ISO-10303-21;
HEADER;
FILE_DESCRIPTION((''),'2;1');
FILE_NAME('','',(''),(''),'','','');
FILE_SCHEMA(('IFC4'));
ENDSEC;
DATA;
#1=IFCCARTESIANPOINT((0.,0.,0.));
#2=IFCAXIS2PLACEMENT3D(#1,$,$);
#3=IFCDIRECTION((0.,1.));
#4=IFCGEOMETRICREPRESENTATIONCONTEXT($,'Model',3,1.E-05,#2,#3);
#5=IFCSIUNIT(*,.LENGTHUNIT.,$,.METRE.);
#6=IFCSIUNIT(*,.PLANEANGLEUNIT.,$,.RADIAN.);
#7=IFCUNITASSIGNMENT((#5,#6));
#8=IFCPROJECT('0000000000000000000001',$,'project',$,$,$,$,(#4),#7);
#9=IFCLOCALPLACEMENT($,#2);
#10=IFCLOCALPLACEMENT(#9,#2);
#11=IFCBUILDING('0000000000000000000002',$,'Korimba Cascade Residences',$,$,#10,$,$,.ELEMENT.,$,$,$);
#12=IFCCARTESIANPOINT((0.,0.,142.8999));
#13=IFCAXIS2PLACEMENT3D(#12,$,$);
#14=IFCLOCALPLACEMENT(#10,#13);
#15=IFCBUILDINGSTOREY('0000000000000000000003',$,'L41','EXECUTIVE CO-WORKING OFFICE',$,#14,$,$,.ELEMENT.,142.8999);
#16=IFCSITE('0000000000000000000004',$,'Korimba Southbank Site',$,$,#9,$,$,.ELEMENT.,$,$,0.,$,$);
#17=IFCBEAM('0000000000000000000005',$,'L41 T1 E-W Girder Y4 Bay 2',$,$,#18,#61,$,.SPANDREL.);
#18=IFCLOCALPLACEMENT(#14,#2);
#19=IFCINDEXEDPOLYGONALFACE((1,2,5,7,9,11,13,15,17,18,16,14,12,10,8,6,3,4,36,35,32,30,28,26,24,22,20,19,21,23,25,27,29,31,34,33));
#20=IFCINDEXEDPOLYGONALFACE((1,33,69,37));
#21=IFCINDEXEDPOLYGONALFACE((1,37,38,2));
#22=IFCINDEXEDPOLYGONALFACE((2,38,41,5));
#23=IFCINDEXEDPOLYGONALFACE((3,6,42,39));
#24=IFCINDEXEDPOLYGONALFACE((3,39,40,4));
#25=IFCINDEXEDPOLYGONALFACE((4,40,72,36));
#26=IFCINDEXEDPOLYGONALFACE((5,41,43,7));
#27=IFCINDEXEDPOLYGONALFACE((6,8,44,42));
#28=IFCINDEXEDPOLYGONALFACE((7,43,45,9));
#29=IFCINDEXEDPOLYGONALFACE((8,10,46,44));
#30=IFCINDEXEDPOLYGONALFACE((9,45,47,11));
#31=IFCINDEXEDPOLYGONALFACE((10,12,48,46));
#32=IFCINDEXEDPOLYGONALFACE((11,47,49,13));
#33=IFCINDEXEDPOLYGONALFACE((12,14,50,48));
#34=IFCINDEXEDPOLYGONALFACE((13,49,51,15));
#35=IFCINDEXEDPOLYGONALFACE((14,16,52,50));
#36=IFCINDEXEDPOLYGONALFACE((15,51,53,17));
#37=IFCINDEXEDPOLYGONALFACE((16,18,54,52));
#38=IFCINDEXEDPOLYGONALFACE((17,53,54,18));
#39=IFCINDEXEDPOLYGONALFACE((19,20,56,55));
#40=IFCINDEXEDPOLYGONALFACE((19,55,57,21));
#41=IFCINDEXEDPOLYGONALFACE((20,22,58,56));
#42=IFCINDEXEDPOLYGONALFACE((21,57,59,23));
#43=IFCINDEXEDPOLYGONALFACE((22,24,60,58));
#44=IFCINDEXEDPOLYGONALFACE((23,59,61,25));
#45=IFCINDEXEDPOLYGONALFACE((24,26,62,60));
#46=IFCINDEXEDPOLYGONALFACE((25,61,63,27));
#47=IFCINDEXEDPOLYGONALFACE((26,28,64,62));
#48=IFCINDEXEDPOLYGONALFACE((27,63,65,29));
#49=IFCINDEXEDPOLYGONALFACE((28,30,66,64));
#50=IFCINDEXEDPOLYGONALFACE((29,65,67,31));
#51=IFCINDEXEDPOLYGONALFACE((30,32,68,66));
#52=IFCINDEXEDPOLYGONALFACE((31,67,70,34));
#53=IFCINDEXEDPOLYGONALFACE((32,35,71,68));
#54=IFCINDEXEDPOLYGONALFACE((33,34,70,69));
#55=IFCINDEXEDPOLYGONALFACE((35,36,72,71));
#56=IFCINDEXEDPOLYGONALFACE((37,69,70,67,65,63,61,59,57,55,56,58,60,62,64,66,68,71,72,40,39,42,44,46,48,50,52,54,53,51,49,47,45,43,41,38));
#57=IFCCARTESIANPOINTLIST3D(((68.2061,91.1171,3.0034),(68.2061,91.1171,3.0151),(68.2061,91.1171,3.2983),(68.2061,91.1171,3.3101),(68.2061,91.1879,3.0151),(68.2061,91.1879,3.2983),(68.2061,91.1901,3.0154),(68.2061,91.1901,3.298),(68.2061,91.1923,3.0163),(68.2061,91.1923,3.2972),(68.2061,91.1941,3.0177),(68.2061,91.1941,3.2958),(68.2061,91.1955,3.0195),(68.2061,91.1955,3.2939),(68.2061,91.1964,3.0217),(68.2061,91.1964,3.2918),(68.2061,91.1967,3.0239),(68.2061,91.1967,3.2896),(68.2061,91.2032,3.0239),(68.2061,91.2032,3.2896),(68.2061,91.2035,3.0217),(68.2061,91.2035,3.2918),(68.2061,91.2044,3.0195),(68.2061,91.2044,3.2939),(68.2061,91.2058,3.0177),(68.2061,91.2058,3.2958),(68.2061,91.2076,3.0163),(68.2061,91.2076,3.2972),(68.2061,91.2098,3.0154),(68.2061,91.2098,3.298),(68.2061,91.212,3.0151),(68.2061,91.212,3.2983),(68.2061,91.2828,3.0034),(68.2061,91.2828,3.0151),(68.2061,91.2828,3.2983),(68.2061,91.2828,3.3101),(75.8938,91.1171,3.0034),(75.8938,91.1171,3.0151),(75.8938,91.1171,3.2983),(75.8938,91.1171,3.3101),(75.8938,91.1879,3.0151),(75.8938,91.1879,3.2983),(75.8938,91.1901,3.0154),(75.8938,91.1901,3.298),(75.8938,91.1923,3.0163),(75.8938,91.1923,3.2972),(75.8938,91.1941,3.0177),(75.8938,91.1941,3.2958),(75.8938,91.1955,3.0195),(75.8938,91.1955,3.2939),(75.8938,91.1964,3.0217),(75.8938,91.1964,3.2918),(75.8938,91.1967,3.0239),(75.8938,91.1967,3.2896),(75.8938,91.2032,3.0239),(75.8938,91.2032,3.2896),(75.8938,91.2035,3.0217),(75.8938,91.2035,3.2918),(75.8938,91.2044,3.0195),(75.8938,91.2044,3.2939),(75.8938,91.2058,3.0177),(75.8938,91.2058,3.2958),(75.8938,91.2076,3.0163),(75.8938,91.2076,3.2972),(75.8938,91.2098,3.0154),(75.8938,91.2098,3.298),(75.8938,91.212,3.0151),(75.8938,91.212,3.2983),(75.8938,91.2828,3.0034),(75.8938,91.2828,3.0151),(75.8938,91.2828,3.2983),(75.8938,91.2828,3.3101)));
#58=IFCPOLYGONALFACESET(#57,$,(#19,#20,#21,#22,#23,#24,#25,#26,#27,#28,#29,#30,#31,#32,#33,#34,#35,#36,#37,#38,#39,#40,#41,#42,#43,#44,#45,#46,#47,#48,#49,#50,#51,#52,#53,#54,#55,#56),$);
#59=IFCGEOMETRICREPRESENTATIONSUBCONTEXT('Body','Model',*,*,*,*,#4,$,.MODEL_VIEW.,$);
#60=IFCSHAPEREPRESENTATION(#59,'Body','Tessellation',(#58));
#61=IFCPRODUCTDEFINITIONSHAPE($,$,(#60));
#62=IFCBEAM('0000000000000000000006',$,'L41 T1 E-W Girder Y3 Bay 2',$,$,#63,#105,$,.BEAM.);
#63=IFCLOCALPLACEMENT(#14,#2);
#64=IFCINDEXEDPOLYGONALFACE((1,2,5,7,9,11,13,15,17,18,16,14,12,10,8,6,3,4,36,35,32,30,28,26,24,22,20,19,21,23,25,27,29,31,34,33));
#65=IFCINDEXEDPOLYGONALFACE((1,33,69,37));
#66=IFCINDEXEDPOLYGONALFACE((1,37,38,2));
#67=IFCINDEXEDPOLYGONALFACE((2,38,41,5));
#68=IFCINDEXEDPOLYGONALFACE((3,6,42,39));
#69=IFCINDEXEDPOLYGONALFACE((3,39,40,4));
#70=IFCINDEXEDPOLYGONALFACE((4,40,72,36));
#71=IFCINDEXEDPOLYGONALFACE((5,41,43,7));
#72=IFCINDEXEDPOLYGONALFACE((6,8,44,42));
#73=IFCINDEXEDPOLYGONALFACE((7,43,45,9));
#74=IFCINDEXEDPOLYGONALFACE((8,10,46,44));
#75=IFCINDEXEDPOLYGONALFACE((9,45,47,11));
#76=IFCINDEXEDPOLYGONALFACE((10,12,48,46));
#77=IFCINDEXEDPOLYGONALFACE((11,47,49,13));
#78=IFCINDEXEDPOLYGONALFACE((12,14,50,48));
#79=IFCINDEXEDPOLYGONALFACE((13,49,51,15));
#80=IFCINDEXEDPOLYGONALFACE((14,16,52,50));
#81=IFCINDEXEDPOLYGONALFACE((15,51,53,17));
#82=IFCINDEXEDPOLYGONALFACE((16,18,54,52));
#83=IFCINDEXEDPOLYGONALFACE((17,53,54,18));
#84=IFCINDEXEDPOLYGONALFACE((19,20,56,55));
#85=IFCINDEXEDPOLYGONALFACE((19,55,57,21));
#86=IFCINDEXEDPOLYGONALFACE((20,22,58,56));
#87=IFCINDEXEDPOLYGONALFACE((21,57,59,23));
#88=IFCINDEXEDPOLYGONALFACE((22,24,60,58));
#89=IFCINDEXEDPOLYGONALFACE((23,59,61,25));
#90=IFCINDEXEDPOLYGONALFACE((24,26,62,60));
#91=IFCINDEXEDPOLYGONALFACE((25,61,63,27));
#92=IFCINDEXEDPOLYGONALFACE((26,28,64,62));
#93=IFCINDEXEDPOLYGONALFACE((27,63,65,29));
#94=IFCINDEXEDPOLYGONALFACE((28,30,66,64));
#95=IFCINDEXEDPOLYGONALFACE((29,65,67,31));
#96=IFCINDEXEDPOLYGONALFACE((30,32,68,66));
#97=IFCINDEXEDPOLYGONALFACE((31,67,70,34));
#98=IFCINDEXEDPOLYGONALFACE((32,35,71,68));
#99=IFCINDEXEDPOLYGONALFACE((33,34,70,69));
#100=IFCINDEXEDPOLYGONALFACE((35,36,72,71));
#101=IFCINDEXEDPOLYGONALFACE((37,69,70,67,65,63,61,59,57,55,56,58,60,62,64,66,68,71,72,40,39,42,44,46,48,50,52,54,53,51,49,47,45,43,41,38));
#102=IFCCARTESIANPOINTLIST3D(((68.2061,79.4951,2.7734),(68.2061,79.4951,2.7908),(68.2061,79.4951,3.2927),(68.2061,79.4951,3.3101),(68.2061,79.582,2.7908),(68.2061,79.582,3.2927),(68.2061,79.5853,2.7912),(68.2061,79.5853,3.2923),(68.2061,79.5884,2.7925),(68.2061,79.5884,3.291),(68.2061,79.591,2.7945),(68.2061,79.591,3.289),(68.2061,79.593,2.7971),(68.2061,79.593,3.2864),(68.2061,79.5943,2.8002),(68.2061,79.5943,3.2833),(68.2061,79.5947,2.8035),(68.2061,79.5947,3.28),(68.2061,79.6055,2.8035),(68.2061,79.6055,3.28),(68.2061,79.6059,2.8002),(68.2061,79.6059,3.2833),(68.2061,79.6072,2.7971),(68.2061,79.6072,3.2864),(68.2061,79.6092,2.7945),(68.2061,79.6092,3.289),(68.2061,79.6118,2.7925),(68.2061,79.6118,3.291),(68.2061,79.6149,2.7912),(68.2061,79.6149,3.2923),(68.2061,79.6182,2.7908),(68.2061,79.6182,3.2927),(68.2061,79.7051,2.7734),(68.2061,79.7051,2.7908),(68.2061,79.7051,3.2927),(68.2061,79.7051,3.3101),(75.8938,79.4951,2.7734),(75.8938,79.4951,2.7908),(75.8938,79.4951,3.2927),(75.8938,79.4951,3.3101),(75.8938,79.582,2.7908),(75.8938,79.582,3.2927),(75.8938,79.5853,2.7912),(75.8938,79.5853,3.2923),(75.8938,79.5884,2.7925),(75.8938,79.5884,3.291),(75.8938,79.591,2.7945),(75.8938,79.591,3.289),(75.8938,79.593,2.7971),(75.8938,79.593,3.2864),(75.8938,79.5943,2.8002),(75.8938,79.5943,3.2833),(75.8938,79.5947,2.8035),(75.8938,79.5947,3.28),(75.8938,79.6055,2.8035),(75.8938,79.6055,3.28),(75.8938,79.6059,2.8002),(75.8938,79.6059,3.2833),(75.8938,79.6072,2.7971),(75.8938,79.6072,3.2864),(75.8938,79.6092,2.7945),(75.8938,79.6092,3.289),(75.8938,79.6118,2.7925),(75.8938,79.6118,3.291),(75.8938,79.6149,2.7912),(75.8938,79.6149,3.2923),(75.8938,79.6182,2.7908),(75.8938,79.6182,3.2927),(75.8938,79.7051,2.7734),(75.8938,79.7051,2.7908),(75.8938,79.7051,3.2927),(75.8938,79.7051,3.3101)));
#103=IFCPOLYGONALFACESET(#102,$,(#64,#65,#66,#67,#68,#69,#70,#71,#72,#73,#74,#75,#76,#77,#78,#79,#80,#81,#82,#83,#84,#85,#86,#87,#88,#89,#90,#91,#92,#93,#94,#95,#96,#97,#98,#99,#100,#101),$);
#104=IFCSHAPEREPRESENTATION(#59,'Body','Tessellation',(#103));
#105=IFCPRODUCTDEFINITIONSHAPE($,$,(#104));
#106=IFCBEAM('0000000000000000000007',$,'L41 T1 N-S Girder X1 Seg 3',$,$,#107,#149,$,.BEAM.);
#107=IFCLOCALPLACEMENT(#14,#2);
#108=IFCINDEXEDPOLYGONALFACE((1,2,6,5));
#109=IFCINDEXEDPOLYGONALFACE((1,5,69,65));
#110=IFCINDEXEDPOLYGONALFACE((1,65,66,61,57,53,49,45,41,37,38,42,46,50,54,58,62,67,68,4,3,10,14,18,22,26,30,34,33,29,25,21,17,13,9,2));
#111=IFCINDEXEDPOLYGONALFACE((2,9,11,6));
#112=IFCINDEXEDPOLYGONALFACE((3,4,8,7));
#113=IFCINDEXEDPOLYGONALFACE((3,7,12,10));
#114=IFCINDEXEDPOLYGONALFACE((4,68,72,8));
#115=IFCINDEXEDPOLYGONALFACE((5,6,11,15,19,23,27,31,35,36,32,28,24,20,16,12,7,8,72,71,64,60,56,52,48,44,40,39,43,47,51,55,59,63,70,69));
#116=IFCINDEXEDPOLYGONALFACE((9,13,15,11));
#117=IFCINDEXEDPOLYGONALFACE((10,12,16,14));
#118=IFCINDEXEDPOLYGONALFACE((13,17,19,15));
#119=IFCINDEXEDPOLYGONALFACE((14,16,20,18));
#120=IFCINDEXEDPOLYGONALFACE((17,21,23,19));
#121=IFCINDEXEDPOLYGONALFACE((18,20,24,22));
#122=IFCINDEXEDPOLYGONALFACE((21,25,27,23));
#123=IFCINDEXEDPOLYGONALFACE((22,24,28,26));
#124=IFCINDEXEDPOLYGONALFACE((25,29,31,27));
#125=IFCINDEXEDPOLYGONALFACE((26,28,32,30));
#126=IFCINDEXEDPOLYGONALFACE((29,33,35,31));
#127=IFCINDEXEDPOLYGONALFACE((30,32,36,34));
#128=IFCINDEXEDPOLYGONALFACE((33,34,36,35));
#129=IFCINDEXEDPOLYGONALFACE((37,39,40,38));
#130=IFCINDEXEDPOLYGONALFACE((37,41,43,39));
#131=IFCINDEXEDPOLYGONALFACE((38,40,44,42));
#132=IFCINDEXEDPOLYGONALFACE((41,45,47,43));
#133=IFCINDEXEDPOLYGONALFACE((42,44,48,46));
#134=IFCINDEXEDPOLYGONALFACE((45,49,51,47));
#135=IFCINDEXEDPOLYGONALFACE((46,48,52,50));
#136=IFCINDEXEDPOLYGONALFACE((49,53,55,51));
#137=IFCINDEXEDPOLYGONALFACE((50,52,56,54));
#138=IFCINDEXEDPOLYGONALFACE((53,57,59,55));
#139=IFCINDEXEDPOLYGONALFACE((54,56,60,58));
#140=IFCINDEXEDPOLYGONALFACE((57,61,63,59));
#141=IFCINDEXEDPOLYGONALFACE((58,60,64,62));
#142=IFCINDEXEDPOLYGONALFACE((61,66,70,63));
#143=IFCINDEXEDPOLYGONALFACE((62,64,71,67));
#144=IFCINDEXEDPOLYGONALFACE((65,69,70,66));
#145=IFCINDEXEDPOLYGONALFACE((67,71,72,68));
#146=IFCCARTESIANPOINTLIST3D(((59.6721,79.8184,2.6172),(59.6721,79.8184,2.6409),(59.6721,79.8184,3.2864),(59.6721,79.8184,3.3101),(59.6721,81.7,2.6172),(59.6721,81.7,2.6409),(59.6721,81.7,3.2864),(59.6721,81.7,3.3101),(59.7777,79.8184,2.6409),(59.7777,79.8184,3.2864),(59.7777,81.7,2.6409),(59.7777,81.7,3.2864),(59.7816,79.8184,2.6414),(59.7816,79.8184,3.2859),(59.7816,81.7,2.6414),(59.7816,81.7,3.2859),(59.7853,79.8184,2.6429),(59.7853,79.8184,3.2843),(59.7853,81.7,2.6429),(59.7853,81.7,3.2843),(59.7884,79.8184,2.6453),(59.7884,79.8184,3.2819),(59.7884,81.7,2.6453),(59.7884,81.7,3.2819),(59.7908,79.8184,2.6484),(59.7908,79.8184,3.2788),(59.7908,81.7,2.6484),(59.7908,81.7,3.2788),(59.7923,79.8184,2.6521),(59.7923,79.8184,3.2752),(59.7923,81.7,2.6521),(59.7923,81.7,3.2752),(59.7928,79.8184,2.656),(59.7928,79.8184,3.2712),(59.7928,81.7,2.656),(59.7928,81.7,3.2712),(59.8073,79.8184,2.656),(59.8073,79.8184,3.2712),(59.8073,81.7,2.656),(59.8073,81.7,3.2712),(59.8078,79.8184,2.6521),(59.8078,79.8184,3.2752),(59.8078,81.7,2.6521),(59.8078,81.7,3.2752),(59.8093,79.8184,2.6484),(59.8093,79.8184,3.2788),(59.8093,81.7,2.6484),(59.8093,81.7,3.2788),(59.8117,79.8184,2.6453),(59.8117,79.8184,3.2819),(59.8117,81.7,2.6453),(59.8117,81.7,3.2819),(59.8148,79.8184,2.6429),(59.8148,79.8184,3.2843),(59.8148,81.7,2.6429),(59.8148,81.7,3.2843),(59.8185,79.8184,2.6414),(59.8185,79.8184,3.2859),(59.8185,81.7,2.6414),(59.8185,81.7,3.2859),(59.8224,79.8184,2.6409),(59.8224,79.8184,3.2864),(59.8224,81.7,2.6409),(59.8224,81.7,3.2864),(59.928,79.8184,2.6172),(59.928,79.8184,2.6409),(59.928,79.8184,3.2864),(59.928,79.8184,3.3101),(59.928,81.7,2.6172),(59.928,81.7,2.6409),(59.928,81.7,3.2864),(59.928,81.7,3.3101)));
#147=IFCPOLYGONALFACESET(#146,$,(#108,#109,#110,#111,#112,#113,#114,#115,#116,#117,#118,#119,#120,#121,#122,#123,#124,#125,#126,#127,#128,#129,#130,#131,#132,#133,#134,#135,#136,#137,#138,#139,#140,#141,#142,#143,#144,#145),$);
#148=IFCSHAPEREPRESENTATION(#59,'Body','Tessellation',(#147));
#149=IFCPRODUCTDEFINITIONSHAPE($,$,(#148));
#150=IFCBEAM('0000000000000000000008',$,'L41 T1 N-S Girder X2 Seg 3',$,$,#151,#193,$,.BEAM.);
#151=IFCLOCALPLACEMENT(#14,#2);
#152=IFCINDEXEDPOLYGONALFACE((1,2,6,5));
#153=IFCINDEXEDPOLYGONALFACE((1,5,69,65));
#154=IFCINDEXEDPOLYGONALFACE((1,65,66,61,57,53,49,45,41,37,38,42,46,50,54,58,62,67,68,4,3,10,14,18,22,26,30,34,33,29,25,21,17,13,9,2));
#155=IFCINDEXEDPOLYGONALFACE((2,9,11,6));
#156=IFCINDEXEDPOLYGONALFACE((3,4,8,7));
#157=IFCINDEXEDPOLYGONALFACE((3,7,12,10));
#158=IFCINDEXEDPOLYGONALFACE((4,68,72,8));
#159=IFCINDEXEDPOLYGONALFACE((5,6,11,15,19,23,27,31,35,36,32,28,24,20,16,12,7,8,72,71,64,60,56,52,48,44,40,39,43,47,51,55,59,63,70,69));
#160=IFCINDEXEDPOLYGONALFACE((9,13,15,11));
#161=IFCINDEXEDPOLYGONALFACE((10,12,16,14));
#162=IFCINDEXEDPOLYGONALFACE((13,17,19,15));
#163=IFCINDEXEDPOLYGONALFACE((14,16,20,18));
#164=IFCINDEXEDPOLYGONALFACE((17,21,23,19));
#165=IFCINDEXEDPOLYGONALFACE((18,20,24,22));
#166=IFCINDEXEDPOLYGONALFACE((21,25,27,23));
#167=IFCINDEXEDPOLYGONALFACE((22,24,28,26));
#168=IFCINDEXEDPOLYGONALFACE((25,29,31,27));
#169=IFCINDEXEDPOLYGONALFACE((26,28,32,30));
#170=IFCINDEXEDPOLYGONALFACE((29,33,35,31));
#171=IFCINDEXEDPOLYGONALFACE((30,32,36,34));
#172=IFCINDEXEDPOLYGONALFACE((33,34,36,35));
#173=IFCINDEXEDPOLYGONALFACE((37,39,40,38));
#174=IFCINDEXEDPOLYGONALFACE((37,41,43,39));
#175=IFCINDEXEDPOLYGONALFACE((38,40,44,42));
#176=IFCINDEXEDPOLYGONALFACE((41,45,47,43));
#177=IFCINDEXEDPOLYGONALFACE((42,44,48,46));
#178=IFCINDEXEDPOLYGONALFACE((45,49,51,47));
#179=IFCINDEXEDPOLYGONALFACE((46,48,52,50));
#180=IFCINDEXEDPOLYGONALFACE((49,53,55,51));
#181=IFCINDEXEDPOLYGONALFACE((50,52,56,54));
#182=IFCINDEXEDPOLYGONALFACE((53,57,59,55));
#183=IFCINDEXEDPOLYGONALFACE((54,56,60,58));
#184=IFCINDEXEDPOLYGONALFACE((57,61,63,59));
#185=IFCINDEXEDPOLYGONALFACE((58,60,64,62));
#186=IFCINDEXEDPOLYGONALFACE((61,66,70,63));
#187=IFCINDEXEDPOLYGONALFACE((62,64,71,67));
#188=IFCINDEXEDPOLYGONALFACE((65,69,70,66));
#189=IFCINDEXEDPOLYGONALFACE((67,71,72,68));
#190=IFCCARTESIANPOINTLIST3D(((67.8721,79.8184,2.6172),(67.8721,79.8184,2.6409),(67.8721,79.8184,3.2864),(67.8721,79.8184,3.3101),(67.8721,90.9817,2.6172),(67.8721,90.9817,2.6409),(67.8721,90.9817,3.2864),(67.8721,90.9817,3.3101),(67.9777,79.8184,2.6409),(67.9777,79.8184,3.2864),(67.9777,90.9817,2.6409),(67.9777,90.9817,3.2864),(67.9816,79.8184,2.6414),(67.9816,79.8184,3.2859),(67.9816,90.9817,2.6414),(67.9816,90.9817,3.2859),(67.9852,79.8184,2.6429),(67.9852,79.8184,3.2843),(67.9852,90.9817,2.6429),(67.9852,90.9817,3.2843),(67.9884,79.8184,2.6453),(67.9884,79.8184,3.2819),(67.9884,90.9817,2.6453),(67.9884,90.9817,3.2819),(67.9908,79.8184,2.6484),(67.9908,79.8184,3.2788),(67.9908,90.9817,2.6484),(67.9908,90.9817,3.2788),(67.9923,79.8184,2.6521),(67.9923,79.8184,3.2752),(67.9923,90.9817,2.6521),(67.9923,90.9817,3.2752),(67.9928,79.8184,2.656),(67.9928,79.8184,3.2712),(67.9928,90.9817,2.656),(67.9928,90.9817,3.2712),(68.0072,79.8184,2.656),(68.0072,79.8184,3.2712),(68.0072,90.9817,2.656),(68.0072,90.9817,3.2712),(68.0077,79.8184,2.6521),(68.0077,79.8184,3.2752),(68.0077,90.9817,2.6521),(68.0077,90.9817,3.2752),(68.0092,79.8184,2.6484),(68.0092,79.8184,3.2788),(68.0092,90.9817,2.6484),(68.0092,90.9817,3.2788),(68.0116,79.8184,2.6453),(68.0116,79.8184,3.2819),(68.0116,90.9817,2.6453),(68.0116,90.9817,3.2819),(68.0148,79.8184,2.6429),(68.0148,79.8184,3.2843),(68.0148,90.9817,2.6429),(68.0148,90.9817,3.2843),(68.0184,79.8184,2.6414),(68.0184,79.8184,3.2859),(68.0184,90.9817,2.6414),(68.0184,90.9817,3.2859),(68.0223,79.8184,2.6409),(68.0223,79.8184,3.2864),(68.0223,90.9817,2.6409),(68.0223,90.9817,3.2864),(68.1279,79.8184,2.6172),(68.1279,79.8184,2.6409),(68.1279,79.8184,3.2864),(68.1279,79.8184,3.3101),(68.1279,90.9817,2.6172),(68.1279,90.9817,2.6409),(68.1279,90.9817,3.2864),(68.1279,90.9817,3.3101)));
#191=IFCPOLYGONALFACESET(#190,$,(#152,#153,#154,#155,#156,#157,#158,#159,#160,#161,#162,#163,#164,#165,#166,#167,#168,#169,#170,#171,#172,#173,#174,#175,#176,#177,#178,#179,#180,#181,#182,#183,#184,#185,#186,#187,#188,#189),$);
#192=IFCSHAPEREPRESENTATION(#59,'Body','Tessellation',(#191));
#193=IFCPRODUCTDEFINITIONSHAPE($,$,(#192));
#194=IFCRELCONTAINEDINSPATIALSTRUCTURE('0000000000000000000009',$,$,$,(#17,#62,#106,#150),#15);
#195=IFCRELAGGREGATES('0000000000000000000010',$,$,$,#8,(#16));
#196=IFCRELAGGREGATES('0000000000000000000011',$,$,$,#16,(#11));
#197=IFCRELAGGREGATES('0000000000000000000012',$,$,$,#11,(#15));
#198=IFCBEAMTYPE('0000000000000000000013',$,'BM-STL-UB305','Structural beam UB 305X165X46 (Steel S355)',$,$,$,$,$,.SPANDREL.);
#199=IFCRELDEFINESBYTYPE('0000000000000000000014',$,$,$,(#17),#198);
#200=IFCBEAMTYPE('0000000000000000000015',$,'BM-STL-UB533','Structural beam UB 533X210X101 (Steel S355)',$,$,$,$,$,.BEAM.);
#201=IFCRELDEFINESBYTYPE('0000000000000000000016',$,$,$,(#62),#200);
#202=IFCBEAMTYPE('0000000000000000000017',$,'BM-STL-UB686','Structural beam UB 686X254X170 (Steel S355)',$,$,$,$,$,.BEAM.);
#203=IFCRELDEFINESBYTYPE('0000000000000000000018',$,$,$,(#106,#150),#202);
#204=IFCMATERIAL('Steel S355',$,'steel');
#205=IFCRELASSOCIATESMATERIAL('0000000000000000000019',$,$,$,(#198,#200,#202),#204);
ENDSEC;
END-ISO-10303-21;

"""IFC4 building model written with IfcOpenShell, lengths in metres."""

from ifc_helpers import new_model, si_unit, direction, frame, origin, origin_2d, place, context, subcontext, project, spatial, i_section, extrude, material, material_profile, profile_set, type_object, element, save


model = new_model("IFC4")

# Units and contexts
model_context = context("Model", 3, precision=1e-05, world=origin(), true_north=direction((0.0, 1.0)))
body_context = subcontext(model_context, "Body", "Model", "MODEL_VIEW")
ifc_project = project(units=[si_unit("LENGTHUNIT", "METRE"), si_unit("PLANEANGLEUNIT", "RADIAN")], contexts=[model_context])

# Site, building, storey
site_placement = place(None, origin())
site = spatial("IfcSite", under=ifc_project, at=site_placement, Name="Korimba Southbank Site", CompositionType="ELEMENT", RefElevation=0.0)
building_placement = place(site_placement, origin())
building = spatial("IfcBuilding", under=site, at=building_placement, Name="Korimba Cascade Residences", CompositionType="ELEMENT")
storey_placement = place(building_placement, frame((0.0, 0.0, 142.8999)))
storey = spatial("IfcBuildingStorey", under=building, at=storey_placement, Name="L41", Description="EXECUTIVE CO-WORKING OFFICE", CompositionType="ELEMENT", Elevation=142.8999)

# Beams
ifc_material_1 = material(Name="Steel S355", Category="steel")
ifc_material_profile_1 = material_profile(ifc_material_1, i_section(OverallWidth=0.1658, OverallDepth=0.3066, WebThickness=0.0066, FlangeThickness=0.0117, FilletRadius=0.0088, at=origin_2d()), Name="Steel S355")
ifc_profile_set_1 = profile_set([ifc_material_profile_1], Name="Steel S355")
beam_type_1 = type_object("IfcBeamType", Name="BM-STL-UB305", Description="Structural beam UB 305X165X46 (Steel S355)", PredefinedType="SPANDREL", material=ifc_profile_set_1)
beam_1_placement = place(storey_placement, frame((68.2061, 91.2, 3.1567), z_axis=(1.0, 0.0, 0.0), x_axis=(0.0, 1.0, 0.0)))
element("IfcBeam", 1, at=beam_1_placement, inside=storey, type_object=beam_type_1, Name="L41 T1 E-W Girder Y4 Bay 2", PredefinedType="SPANDREL", context=body_context, shape_type="SweptSolid", body=[
    extrude(i_section(OverallWidth=0.1658, OverallDepth=0.3066, WebThickness=0.0066, FlangeThickness=0.0117, FilletRadius=0.0088, at=origin_2d()), origin(), (0.0, 0.0, 1.0), 7.6877),
])
ifc_material_profile_2 = material_profile(ifc_material_1, i_section(OverallWidth=0.21, OverallDepth=0.5366, WebThickness=0.0107, FlangeThickness=0.0173, FilletRadius=0.0127, at=origin_2d()), Name="Steel S355")
ifc_profile_set_2 = profile_set([ifc_material_profile_2], Name="Steel S355")
beam_type_2 = type_object("IfcBeamType", Name="BM-STL-UB533", Description="Structural beam UB 533X210X101 (Steel S355)", PredefinedType="BEAM", material=ifc_profile_set_2)
beam_2_placement = place(storey_placement, frame((68.2061, 79.6001, 3.0417), z_axis=(1.0, 0.0, 0.0), x_axis=(0.0, 1.0, 0.0)))
element("IfcBeam", 2, at=beam_2_placement, inside=storey, type_object=beam_type_2, Name="L41 T1 E-W Girder Y3 Bay 2", PredefinedType="BEAM", context=body_context, shape_type="SweptSolid", body=[
    extrude(i_section(OverallWidth=0.21, OverallDepth=0.5366, WebThickness=0.0107, FlangeThickness=0.0173, FilletRadius=0.0127, at=origin_2d()), origin(), (0.0, 0.0, 1.0), 7.6877),
])
ifc_material_profile_3 = material_profile(ifc_material_1, i_section(OverallWidth=0.2559, OverallDepth=0.6929, WebThickness=0.0144, FlangeThickness=0.0237, FilletRadius=0.0151, at=origin_2d()), Name="Steel S355")
ifc_profile_set_3 = profile_set([ifc_material_profile_3], Name="Steel S355")
beam_type_3 = type_object("IfcBeamType", Name="BM-STL-UB686", Description="Structural beam UB 686X254X170 (Steel S355)", PredefinedType="BEAM", material=ifc_profile_set_3)
beam_3_placement = place(storey_placement, frame((59.8, 79.8184, 2.9636), z_axis=(0.0, 1.0, 0.0), x_axis=(-1.0, 0.0, 0.0)))
element("IfcBeam", 3, at=beam_3_placement, inside=storey, type_object=beam_type_3, Name="L41 T1 N-S Girder X1 Seg 3", PredefinedType="BEAM", context=body_context, shape_type="SweptSolid", body=[
    extrude(i_section(OverallWidth=0.2559, OverallDepth=0.6929, WebThickness=0.0144, FlangeThickness=0.0237, FilletRadius=0.0151, at=origin_2d()), origin(), (0.0, 0.0, 1.0), 1.8816),
])
beam_4_placement = place(storey_placement, frame((68.0, 79.8184, 2.9636), z_axis=(0.0, 1.0, 0.0), x_axis=(-1.0, 0.0, 0.0)))
element("IfcBeam", 4, at=beam_4_placement, inside=storey, type_object=beam_type_3, Name="L41 T1 N-S Girder X2 Seg 3", PredefinedType="BEAM", context=body_context, shape_type="SweptSolid", body=[
    extrude(i_section(OverallWidth=0.2559, OverallDepth=0.6929, WebThickness=0.0144, FlangeThickness=0.0237, FilletRadius=0.0151, at=origin_2d()), origin(), (0.0, 0.0, 1.0), 11.1633),
])

save(model, "model.ifc")
